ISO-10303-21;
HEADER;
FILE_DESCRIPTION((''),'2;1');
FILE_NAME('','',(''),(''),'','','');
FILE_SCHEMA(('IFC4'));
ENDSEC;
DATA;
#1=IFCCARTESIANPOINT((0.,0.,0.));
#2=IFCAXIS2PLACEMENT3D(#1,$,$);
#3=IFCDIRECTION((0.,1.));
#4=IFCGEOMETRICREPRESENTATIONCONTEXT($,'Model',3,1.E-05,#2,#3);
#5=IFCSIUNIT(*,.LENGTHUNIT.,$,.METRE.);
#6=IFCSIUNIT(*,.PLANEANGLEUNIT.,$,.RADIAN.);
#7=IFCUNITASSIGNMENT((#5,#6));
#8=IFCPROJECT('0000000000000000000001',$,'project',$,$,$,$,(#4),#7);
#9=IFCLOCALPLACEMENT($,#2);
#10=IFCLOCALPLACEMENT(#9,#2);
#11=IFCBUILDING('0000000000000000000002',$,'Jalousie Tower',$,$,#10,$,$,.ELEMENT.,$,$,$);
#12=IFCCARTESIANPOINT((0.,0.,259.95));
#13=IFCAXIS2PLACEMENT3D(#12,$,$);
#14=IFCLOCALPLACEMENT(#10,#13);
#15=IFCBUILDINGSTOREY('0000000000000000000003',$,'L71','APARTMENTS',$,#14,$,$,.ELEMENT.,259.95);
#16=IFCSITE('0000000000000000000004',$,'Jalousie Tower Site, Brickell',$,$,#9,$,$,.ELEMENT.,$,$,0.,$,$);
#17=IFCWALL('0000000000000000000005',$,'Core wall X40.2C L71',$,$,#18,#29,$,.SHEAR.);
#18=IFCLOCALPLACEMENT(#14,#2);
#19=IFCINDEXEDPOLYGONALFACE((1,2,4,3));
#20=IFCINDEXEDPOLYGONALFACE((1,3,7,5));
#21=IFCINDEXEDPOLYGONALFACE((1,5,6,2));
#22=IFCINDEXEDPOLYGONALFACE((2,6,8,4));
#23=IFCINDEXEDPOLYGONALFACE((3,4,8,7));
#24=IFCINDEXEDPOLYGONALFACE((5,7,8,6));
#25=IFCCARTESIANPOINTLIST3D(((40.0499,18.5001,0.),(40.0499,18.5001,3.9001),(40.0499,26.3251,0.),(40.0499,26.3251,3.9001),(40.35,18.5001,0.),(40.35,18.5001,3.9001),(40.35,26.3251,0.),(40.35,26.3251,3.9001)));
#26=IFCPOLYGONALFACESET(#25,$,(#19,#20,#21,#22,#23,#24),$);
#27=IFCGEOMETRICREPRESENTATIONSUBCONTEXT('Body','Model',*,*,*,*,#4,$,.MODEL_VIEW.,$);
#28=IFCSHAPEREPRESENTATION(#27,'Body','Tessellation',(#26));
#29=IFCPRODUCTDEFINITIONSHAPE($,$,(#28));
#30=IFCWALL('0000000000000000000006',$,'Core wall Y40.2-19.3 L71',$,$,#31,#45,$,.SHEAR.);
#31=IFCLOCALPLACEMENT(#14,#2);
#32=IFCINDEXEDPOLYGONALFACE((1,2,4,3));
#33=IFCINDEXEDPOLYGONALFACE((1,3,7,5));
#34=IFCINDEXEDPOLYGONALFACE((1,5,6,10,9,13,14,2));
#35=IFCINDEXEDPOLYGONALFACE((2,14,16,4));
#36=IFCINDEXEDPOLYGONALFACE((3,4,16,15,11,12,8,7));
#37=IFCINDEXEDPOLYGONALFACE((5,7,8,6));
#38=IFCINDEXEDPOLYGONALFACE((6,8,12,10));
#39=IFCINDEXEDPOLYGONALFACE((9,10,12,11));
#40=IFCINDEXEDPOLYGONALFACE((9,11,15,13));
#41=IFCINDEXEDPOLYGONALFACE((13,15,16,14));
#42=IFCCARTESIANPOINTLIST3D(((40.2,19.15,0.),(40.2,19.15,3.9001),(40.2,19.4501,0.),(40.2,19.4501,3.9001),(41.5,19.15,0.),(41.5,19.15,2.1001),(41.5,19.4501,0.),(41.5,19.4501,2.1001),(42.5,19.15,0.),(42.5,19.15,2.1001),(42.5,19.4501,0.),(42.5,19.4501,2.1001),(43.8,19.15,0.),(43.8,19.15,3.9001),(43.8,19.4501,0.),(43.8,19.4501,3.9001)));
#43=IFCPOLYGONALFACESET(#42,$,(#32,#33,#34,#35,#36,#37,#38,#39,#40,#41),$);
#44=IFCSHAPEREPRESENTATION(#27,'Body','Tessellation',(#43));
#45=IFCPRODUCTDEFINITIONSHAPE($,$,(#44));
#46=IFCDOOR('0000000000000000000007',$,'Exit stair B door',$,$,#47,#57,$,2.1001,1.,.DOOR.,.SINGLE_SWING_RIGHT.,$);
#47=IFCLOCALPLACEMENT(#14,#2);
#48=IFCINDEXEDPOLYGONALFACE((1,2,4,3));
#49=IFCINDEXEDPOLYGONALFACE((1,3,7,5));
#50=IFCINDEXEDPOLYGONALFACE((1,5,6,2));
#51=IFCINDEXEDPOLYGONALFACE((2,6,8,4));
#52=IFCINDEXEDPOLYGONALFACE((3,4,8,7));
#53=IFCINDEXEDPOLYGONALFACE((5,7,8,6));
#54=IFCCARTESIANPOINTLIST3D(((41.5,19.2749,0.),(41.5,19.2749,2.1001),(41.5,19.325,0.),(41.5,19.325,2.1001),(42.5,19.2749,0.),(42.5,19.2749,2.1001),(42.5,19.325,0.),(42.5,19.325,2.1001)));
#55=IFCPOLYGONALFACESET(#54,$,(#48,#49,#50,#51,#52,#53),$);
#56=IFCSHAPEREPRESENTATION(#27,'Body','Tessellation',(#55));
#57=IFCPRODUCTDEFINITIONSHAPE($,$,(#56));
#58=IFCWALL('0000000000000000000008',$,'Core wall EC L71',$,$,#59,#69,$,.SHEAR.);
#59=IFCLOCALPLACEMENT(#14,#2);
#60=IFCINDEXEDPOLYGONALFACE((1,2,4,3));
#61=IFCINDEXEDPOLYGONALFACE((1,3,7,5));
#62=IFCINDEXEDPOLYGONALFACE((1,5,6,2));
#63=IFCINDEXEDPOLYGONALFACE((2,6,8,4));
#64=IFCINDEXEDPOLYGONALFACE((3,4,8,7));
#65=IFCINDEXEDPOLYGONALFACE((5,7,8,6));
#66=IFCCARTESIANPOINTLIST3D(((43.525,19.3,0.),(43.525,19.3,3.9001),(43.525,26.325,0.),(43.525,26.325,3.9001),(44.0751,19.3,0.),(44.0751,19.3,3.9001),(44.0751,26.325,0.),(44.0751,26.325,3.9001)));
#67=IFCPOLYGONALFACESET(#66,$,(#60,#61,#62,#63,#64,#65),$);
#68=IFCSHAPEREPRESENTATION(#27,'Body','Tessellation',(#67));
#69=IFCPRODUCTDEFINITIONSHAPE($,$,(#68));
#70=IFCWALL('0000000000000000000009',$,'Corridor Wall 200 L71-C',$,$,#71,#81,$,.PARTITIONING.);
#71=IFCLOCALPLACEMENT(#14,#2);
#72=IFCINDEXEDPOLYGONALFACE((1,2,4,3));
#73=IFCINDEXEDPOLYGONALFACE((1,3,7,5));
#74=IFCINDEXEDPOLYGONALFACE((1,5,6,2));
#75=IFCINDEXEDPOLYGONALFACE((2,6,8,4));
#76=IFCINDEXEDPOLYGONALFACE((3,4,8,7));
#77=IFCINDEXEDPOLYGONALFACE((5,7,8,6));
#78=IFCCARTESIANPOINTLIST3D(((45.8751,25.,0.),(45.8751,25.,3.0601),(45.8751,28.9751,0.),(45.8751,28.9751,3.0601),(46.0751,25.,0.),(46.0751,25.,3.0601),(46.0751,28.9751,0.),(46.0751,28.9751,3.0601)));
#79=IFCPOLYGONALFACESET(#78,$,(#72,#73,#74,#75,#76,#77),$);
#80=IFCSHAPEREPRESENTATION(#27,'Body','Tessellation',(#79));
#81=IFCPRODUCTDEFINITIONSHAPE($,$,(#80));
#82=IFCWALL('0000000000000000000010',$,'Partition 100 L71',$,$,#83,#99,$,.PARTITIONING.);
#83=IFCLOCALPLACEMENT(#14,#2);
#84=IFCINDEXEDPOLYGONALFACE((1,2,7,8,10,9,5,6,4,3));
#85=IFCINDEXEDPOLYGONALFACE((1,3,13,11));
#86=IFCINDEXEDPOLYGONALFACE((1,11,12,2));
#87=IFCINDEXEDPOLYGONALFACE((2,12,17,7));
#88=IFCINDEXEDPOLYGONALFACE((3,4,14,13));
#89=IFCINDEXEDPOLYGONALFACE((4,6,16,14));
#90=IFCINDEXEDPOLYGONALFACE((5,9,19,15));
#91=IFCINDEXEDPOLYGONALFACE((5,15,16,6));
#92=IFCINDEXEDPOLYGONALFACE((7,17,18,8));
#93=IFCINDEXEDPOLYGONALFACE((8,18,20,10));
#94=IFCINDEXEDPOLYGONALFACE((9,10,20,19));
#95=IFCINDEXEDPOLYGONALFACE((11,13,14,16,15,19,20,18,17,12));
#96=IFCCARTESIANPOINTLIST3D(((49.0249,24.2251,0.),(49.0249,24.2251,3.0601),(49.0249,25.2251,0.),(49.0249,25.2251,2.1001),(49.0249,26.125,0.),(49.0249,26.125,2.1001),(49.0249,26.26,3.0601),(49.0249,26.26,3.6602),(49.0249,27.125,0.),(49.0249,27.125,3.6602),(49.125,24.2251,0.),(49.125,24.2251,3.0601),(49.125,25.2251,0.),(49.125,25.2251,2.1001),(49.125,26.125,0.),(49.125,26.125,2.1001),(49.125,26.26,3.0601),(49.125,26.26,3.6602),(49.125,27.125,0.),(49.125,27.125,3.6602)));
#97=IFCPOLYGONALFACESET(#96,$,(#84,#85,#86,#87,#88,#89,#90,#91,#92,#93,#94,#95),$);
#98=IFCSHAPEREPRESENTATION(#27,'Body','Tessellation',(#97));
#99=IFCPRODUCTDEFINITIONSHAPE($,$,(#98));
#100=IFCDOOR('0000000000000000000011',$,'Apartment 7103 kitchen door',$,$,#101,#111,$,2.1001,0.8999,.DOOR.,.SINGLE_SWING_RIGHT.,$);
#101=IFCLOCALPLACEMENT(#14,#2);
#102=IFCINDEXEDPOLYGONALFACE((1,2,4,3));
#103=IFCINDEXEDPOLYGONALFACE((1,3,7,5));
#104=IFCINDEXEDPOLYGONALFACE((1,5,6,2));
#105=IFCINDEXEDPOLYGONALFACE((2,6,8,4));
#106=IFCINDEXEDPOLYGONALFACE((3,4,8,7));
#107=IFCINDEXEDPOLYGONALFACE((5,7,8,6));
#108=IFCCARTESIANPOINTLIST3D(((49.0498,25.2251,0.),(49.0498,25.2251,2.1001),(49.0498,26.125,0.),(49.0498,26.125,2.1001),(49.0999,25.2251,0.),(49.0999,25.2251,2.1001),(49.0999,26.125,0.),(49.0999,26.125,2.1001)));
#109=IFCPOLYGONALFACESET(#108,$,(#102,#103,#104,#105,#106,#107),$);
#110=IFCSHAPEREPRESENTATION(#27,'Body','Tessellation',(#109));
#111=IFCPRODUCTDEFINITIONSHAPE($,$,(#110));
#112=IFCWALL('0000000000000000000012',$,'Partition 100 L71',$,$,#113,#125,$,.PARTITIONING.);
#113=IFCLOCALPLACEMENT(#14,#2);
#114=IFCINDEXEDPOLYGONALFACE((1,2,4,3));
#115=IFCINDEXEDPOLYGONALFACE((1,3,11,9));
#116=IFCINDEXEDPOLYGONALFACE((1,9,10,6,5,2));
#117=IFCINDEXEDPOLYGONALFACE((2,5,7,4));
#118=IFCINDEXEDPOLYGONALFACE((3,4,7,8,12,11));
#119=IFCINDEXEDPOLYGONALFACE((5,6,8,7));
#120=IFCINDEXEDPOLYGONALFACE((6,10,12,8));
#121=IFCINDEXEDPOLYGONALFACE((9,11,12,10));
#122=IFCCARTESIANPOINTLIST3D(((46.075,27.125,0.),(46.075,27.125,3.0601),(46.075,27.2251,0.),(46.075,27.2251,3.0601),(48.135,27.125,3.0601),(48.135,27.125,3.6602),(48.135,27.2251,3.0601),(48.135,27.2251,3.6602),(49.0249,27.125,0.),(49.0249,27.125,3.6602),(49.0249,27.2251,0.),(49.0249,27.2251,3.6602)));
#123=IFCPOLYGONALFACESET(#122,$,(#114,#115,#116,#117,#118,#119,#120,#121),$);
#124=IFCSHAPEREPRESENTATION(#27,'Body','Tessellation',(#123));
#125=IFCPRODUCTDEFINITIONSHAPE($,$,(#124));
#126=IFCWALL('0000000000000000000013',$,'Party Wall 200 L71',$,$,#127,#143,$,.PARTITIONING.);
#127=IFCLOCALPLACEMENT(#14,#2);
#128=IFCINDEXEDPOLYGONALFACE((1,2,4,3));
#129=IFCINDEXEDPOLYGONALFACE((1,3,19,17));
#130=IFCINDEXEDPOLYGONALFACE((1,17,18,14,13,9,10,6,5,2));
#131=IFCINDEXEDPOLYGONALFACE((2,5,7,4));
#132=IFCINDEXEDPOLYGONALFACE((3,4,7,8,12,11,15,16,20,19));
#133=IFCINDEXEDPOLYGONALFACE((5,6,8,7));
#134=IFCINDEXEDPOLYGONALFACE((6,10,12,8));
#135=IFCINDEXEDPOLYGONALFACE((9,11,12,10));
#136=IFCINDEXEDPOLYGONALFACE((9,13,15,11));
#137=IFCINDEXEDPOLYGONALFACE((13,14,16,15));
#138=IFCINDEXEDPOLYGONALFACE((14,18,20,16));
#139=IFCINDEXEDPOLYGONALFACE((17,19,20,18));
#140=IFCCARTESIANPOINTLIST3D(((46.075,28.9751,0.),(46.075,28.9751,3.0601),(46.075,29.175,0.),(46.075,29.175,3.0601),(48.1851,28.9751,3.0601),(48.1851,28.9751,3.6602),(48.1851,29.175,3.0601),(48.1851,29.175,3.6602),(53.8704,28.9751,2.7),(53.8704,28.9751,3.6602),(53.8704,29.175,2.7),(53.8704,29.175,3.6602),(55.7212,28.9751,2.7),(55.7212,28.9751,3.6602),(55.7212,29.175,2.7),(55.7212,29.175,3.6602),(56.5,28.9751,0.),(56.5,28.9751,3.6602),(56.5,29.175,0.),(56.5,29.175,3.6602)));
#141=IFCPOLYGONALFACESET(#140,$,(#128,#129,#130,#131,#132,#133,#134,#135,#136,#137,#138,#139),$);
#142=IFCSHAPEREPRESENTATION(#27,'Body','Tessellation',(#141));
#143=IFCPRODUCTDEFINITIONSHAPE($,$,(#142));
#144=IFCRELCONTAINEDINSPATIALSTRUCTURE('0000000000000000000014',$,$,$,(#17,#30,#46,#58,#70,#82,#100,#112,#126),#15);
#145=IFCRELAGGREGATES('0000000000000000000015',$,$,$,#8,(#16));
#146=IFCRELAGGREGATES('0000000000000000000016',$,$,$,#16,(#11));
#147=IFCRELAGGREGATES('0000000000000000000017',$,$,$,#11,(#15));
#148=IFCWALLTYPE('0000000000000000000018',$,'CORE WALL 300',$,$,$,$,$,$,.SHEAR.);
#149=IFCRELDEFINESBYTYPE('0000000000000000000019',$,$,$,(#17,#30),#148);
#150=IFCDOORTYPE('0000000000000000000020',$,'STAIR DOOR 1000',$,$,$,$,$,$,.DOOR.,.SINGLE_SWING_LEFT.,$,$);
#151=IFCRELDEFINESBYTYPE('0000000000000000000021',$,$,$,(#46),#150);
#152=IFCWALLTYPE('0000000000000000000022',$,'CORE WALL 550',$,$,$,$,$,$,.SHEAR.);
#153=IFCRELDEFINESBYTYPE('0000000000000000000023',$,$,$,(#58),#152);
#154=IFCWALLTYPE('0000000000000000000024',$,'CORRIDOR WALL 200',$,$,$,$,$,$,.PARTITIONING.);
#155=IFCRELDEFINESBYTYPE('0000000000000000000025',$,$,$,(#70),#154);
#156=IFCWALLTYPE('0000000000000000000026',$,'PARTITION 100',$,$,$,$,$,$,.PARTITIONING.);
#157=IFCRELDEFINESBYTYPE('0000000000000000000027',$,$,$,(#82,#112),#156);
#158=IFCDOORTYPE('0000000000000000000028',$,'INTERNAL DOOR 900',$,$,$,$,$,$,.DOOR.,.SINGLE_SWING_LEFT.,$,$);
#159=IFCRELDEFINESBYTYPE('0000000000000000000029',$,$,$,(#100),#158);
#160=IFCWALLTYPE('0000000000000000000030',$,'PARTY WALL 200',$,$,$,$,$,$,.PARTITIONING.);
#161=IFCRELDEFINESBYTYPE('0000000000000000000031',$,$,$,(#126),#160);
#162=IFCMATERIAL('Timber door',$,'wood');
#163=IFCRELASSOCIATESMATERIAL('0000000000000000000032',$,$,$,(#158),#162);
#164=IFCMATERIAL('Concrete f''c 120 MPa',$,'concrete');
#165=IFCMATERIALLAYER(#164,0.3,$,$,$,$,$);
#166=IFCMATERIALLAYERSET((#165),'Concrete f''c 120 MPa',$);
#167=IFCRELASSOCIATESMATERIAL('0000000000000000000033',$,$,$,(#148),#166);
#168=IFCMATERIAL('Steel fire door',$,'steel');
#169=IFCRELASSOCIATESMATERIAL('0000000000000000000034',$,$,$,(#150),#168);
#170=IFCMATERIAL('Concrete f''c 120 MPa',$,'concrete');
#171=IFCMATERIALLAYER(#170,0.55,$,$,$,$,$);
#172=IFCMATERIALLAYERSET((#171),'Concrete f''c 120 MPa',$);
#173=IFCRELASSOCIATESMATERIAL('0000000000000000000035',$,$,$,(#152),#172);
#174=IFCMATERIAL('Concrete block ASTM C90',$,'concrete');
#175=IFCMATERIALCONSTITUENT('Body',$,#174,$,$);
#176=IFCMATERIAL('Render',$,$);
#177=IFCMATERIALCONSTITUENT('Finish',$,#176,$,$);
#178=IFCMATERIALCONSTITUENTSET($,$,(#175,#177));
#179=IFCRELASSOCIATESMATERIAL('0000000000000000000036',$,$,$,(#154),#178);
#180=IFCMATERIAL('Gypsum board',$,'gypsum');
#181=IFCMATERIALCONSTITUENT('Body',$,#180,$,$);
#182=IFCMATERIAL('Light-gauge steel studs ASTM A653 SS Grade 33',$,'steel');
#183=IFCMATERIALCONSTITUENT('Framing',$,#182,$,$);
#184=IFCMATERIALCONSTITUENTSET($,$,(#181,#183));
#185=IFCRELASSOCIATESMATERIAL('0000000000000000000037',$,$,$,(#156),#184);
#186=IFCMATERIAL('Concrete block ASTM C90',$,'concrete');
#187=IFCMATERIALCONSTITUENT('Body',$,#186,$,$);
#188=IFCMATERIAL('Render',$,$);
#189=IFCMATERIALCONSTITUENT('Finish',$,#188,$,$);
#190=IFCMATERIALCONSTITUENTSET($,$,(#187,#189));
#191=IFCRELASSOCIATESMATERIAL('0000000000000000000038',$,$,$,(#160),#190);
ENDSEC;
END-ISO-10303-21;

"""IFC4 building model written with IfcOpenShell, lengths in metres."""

from ifc_helpers import new_model, si_unit, direction, frame, frame_2d, origin, place, context, subcontext, project, spatial, polyline, rectangle, outline, extrude, material, layer, layer_set, constituent, constituent_set, type_object, element, fill, save


model = new_model("IFC4")

# Units and contexts
model_context = context("Model", 3, precision=1e-05, world=origin(), true_north=direction((0.0, 1.0)))
body_context = subcontext(model_context, "Body", "Model", "MODEL_VIEW")
ifc_project = project(units=[si_unit("LENGTHUNIT", "METRE"), si_unit("PLANEANGLEUNIT", "RADIAN")], contexts=[model_context])

# Site, building, storey
site_placement = place(None, origin())
site = spatial("IfcSite", under=ifc_project, at=site_placement, Name="Jalousie Tower Site, Brickell", CompositionType="ELEMENT", RefElevation=0.0)
building_placement = place(site_placement, origin())
building = spatial("IfcBuilding", under=site, at=building_placement, Name="Jalousie Tower", CompositionType="ELEMENT")
storey_placement = place(building_placement, frame((0.0, 0.0, 259.95)))
storey = spatial("IfcBuildingStorey", under=building, at=storey_placement, Name="L71", Description="APARTMENTS", CompositionType="ELEMENT", Elevation=259.95)

# Shared definitions
ifc_material_1 = material(Name="Timber door", Category="wood")
door_type_1 = type_object("IfcDoorType", Name="INTERNAL DOOR 900", OperationType="SINGLE_SWING_LEFT", PredefinedType="DOOR", material=ifc_material_1)

# Wall
ifc_material_2 = material(Name="Concrete f'c 120 MPa", Category="concrete")
ifc_layer_1 = layer(ifc_material_2, 0.3)
ifc_layer_set_1 = layer_set([ifc_layer_1], Name="Concrete f'c 120 MPa")
wall_type_1 = type_object("IfcWallType", Name="CORE WALL 300", PredefinedType="SHEAR", material=ifc_layer_set_1)
wall_1_placement = place(storey_placement, frame((40.2, 18.5, 0.0), z_axis=(0.0, 0.0, 1.0), x_axis=(0.0, 1.0, 0.0)))
element("IfcWall", 1, at=wall_1_placement, inside=storey, type_object=wall_type_1, Name="Core wall X40.2C L71", PredefinedType="SHEAR", context=body_context, shape_type="SweptSolid", body=[
    extrude(rectangle(XDim=7.825, YDim=0.3, at=frame_2d((3.9126, 0.0))), origin(), (0.0, 0.0, 1.0), 3.9001),
])

# Wall, opening, door
wall_2_placement = place(storey_placement, frame((40.2, 19.3, 0.0), z_axis=(0.0, 0.0, 1.0), x_axis=(1.0, 0.0, 0.0)))
wall_2 = element("IfcWall", 2, at=wall_2_placement, inside=storey, type_object=wall_type_1, Name="Core wall Y40.2-19.3 L71", PredefinedType="SHEAR", context=body_context, shape_type="SweptSolid", body=[
    extrude(rectangle(XDim=3.6001, YDim=0.3, at=frame_2d((1.8, 0.0))), origin(), (0.0, 0.0, 1.0), 3.9001),
])
opening_1_placement = place(wall_2_placement, frame((1.3, 0.0, 0.0)))
opening_1 = element("IfcOpeningElement", 3, at=opening_1_placement, cuts=wall_2, PredefinedType="OPENING", context=body_context, shape_type="SweptSolid", body=[
    extrude(rectangle(XDim=1.0, YDim=2.1001, at=frame_2d((0.5, 1.05))), frame((0.0, 0.1599, 0.0), z_axis=(0.0, -1.0, 0.0), x_axis=(1.0, 0.0, 0.0)), (0.0, 0.0, 1.0), 0.3201),
])
ifc_material_3 = material(Name="Steel fire door", Category="steel")
door_type_2 = type_object("IfcDoorType", Name="STAIR DOOR 1000", OperationType="SINGLE_SWING_LEFT", PredefinedType="DOOR", material=ifc_material_3)
door_1_placement = place(opening_1_placement, origin())
door_1 = element("IfcDoor", 4, at=door_1_placement, inside=storey, type_object=door_type_2, Name="Exit stair B door", OperationType="SINGLE_SWING_RIGHT", OverallHeight=2.1001, OverallWidth=1.0, PredefinedType="DOOR", context=body_context, shape_type="SweptSolid", body=[
    extrude(rectangle(XDim=1.0, YDim=2.1001, at=frame_2d((0.5, 1.05))), frame((0.0, 0.0249, 0.0), z_axis=(0.0, -1.0, 0.0), x_axis=(1.0, 0.0, 0.0)), (0.0, 0.0, 1.0), 0.05),
])
fill(opening_1, door_1)

# Walls
ifc_material_4 = material(Name="Concrete f'c 120 MPa", Category="concrete")
ifc_layer_2 = layer(ifc_material_4, 0.55)
ifc_layer_set_2 = layer_set([ifc_layer_2], Name="Concrete f'c 120 MPa")
wall_type_2 = type_object("IfcWallType", Name="CORE WALL 550", PredefinedType="SHEAR", material=ifc_layer_set_2)
wall_3_placement = place(storey_placement, frame((43.8, 19.3, 0.0), z_axis=(0.0, 0.0, 1.0), x_axis=(0.0, 1.0, 0.0)))
element("IfcWall", 5, at=wall_3_placement, inside=storey, type_object=wall_type_2, Name="Core wall EC L71", PredefinedType="SHEAR", context=body_context, shape_type="SweptSolid", body=[
    extrude(rectangle(XDim=7.0249, YDim=0.55, at=frame_2d((3.5125, 0.0))), origin(), (0.0, 0.0, 1.0), 3.9001),
])
ifc_material_5 = material(Name="Concrete block ASTM C90", Category="concrete")
ifc_constituent_1 = constituent(ifc_material_5, Name="Body")
ifc_material_6 = material(Name="Render")
ifc_constituent_2 = constituent(ifc_material_6, Name="Finish")
ifc_constituent_set_1 = constituent_set(constituents=[ifc_constituent_1, ifc_constituent_2])
wall_type_3 = type_object("IfcWallType", Name="CORRIDOR WALL 200", PredefinedType="PARTITIONING", material=ifc_constituent_set_1)
wall_4_placement = place(storey_placement, frame((45.9751, 25.0, 0.0), z_axis=(0.0, 0.0, 1.0), x_axis=(0.0, 1.0, 0.0)))
element("IfcWall", 6, at=wall_4_placement, inside=storey, type_object=wall_type_3, Name="Corridor Wall 200 L71-C", PredefinedType="PARTITIONING", context=body_context, shape_type="SweptSolid", body=[
    extrude(rectangle(XDim=3.9751, YDim=0.2, at=frame_2d((1.9875, 0.0))), origin(), (0.0, 0.0, 1.0), 3.0601),
])

# Wall, opening, door
ifc_material_7 = material(Name="Gypsum board", Category="gypsum")
ifc_constituent_3 = constituent(ifc_material_7, Name="Body")
ifc_material_8 = material(Name="Light-gauge steel studs ASTM A653 SS Grade 33", Category="steel")
ifc_constituent_4 = constituent(ifc_material_8, Name="Framing")
ifc_constituent_set_2 = constituent_set(constituents=[ifc_constituent_3, ifc_constituent_4])
wall_type_4 = type_object("IfcWallType", Name="PARTITION 100", PredefinedType="PARTITIONING", material=ifc_constituent_set_2)
wall_5_placement = place(storey_placement, frame((49.075, 24.2251, 0.0), z_axis=(0.0, 0.0, 1.0), x_axis=(0.0, 1.0, 0.0)))
wall_5 = element("IfcWall", 7, at=wall_5_placement, inside=storey, type_object=wall_type_4, Name="Partition 100 L71", PredefinedType="PARTITIONING", context=body_context, shape_type="SweptSolid", body=[
    extrude(outline(polyline([(0.0, 0.0), (2.8999, 0.0), (2.8999, 3.6602), (2.0349, 3.6602), (2.0349, 3.0601), (0.0, 3.0601), (0.0, 3.6602), (0.0, 0.0)])), frame((0.0, 0.05, 0.0), z_axis=(0.0, -1.0, 0.0), x_axis=(1.0, 0.0, 0.0)), (0.0, 0.0, 1.0), 0.1001),
])
opening_2_placement = place(wall_5_placement, frame((1.0, 0.0, 0.0)))
opening_2 = element("IfcOpeningElement", 8, at=opening_2_placement, cuts=wall_5, PredefinedType="OPENING", context=body_context, shape_type="SweptSolid", body=[
    extrude(rectangle(XDim=0.8999, YDim=2.1001, at=frame_2d((0.45, 1.05))), frame((0.0, 0.0601, 0.0), z_axis=(0.0, -1.0, 0.0), x_axis=(1.0, 0.0, 0.0)), (0.0, 0.0, 1.0), 0.1201),
])
door_2_placement = place(opening_2_placement, frame((0.8999, 0.0, 0.0), z_axis=(0.0, 0.0, 1.0), x_axis=(-1.0, 0.0, 0.0)))
door_2 = element("IfcDoor", 9, at=door_2_placement, inside=storey, type_object=door_type_1, Name="Apartment 7103 kitchen door", OperationType="SINGLE_SWING_RIGHT", OverallHeight=2.1001, OverallWidth=0.8999, PredefinedType="DOOR", context=body_context, shape_type="SweptSolid", body=[
    extrude(rectangle(XDim=0.8999, YDim=2.1001, at=frame_2d((0.45, 1.05))), frame((0.0, 0.0249, 0.0), z_axis=(0.0, -1.0, 0.0), x_axis=(1.0, 0.0, 0.0)), (0.0, 0.0, 1.0), 0.05),
])
fill(opening_2, door_2)

# Walls
wall_6_placement = place(storey_placement, frame((49.0249, 27.175, 0.0), z_axis=(0.0, 0.0, 1.0), x_axis=(-1.0, 0.0, 0.0)))
element("IfcWall", 10, at=wall_6_placement, inside=storey, type_object=wall_type_4, Name="Partition 100 L71", PredefinedType="PARTITIONING", context=body_context, shape_type="SweptSolid", body=[
    extrude(outline(polyline([(0.0, 0.0), (2.95, 0.0), (2.95, 3.6602), (2.95, 3.0601), (0.8899, 3.0601), (0.8899, 3.6602), (0.0, 3.6602), (0.0, 0.0)])), frame((0.0, 0.05, 0.0), z_axis=(0.0, -1.0, 0.0), x_axis=(1.0, 0.0, 0.0)), (0.0, 0.0, 1.0), 0.1001),
])
ifc_material_9 = material(Name="Concrete block ASTM C90", Category="concrete")
ifc_constituent_5 = constituent(ifc_material_9, Name="Body")
ifc_material_10 = material(Name="Render")
ifc_constituent_6 = constituent(ifc_material_10, Name="Finish")
ifc_constituent_set_3 = constituent_set(constituents=[ifc_constituent_5, ifc_constituent_6])
wall_type_5 = type_object("IfcWallType", Name="PARTY WALL 200", PredefinedType="PARTITIONING", material=ifc_constituent_set_3)
wall_7_placement = place(storey_placement, frame((46.075, 29.075, 0.0), z_axis=(0.0, 0.0, 1.0), x_axis=(1.0, 0.0, 0.0)))
element("IfcWall", 11, at=wall_7_placement, inside=storey, type_object=wall_type_5, Name="Party Wall 200 L71", PredefinedType="PARTITIONING", context=body_context, shape_type="SweptSolid", body=[
    extrude(outline(polyline([(0.0, 0.0), (10.425, 0.0), (10.425, 3.6602), (9.6462, 3.6602), (9.6462, 2.7), (7.7954, 2.7), (7.7954, 3.6602), (2.1101, 3.6602), (2.1101, 3.0601), (0.0, 3.0601), (0.0, 3.6602), (0.0, 0.0)])), frame((0.0, 0.1001, 0.0), z_axis=(0.0, -1.0, 0.0), x_axis=(1.0, 0.0, 0.0)), (0.0, 0.0, 1.0), 0.2),
])

save(model, "model.ifc")
